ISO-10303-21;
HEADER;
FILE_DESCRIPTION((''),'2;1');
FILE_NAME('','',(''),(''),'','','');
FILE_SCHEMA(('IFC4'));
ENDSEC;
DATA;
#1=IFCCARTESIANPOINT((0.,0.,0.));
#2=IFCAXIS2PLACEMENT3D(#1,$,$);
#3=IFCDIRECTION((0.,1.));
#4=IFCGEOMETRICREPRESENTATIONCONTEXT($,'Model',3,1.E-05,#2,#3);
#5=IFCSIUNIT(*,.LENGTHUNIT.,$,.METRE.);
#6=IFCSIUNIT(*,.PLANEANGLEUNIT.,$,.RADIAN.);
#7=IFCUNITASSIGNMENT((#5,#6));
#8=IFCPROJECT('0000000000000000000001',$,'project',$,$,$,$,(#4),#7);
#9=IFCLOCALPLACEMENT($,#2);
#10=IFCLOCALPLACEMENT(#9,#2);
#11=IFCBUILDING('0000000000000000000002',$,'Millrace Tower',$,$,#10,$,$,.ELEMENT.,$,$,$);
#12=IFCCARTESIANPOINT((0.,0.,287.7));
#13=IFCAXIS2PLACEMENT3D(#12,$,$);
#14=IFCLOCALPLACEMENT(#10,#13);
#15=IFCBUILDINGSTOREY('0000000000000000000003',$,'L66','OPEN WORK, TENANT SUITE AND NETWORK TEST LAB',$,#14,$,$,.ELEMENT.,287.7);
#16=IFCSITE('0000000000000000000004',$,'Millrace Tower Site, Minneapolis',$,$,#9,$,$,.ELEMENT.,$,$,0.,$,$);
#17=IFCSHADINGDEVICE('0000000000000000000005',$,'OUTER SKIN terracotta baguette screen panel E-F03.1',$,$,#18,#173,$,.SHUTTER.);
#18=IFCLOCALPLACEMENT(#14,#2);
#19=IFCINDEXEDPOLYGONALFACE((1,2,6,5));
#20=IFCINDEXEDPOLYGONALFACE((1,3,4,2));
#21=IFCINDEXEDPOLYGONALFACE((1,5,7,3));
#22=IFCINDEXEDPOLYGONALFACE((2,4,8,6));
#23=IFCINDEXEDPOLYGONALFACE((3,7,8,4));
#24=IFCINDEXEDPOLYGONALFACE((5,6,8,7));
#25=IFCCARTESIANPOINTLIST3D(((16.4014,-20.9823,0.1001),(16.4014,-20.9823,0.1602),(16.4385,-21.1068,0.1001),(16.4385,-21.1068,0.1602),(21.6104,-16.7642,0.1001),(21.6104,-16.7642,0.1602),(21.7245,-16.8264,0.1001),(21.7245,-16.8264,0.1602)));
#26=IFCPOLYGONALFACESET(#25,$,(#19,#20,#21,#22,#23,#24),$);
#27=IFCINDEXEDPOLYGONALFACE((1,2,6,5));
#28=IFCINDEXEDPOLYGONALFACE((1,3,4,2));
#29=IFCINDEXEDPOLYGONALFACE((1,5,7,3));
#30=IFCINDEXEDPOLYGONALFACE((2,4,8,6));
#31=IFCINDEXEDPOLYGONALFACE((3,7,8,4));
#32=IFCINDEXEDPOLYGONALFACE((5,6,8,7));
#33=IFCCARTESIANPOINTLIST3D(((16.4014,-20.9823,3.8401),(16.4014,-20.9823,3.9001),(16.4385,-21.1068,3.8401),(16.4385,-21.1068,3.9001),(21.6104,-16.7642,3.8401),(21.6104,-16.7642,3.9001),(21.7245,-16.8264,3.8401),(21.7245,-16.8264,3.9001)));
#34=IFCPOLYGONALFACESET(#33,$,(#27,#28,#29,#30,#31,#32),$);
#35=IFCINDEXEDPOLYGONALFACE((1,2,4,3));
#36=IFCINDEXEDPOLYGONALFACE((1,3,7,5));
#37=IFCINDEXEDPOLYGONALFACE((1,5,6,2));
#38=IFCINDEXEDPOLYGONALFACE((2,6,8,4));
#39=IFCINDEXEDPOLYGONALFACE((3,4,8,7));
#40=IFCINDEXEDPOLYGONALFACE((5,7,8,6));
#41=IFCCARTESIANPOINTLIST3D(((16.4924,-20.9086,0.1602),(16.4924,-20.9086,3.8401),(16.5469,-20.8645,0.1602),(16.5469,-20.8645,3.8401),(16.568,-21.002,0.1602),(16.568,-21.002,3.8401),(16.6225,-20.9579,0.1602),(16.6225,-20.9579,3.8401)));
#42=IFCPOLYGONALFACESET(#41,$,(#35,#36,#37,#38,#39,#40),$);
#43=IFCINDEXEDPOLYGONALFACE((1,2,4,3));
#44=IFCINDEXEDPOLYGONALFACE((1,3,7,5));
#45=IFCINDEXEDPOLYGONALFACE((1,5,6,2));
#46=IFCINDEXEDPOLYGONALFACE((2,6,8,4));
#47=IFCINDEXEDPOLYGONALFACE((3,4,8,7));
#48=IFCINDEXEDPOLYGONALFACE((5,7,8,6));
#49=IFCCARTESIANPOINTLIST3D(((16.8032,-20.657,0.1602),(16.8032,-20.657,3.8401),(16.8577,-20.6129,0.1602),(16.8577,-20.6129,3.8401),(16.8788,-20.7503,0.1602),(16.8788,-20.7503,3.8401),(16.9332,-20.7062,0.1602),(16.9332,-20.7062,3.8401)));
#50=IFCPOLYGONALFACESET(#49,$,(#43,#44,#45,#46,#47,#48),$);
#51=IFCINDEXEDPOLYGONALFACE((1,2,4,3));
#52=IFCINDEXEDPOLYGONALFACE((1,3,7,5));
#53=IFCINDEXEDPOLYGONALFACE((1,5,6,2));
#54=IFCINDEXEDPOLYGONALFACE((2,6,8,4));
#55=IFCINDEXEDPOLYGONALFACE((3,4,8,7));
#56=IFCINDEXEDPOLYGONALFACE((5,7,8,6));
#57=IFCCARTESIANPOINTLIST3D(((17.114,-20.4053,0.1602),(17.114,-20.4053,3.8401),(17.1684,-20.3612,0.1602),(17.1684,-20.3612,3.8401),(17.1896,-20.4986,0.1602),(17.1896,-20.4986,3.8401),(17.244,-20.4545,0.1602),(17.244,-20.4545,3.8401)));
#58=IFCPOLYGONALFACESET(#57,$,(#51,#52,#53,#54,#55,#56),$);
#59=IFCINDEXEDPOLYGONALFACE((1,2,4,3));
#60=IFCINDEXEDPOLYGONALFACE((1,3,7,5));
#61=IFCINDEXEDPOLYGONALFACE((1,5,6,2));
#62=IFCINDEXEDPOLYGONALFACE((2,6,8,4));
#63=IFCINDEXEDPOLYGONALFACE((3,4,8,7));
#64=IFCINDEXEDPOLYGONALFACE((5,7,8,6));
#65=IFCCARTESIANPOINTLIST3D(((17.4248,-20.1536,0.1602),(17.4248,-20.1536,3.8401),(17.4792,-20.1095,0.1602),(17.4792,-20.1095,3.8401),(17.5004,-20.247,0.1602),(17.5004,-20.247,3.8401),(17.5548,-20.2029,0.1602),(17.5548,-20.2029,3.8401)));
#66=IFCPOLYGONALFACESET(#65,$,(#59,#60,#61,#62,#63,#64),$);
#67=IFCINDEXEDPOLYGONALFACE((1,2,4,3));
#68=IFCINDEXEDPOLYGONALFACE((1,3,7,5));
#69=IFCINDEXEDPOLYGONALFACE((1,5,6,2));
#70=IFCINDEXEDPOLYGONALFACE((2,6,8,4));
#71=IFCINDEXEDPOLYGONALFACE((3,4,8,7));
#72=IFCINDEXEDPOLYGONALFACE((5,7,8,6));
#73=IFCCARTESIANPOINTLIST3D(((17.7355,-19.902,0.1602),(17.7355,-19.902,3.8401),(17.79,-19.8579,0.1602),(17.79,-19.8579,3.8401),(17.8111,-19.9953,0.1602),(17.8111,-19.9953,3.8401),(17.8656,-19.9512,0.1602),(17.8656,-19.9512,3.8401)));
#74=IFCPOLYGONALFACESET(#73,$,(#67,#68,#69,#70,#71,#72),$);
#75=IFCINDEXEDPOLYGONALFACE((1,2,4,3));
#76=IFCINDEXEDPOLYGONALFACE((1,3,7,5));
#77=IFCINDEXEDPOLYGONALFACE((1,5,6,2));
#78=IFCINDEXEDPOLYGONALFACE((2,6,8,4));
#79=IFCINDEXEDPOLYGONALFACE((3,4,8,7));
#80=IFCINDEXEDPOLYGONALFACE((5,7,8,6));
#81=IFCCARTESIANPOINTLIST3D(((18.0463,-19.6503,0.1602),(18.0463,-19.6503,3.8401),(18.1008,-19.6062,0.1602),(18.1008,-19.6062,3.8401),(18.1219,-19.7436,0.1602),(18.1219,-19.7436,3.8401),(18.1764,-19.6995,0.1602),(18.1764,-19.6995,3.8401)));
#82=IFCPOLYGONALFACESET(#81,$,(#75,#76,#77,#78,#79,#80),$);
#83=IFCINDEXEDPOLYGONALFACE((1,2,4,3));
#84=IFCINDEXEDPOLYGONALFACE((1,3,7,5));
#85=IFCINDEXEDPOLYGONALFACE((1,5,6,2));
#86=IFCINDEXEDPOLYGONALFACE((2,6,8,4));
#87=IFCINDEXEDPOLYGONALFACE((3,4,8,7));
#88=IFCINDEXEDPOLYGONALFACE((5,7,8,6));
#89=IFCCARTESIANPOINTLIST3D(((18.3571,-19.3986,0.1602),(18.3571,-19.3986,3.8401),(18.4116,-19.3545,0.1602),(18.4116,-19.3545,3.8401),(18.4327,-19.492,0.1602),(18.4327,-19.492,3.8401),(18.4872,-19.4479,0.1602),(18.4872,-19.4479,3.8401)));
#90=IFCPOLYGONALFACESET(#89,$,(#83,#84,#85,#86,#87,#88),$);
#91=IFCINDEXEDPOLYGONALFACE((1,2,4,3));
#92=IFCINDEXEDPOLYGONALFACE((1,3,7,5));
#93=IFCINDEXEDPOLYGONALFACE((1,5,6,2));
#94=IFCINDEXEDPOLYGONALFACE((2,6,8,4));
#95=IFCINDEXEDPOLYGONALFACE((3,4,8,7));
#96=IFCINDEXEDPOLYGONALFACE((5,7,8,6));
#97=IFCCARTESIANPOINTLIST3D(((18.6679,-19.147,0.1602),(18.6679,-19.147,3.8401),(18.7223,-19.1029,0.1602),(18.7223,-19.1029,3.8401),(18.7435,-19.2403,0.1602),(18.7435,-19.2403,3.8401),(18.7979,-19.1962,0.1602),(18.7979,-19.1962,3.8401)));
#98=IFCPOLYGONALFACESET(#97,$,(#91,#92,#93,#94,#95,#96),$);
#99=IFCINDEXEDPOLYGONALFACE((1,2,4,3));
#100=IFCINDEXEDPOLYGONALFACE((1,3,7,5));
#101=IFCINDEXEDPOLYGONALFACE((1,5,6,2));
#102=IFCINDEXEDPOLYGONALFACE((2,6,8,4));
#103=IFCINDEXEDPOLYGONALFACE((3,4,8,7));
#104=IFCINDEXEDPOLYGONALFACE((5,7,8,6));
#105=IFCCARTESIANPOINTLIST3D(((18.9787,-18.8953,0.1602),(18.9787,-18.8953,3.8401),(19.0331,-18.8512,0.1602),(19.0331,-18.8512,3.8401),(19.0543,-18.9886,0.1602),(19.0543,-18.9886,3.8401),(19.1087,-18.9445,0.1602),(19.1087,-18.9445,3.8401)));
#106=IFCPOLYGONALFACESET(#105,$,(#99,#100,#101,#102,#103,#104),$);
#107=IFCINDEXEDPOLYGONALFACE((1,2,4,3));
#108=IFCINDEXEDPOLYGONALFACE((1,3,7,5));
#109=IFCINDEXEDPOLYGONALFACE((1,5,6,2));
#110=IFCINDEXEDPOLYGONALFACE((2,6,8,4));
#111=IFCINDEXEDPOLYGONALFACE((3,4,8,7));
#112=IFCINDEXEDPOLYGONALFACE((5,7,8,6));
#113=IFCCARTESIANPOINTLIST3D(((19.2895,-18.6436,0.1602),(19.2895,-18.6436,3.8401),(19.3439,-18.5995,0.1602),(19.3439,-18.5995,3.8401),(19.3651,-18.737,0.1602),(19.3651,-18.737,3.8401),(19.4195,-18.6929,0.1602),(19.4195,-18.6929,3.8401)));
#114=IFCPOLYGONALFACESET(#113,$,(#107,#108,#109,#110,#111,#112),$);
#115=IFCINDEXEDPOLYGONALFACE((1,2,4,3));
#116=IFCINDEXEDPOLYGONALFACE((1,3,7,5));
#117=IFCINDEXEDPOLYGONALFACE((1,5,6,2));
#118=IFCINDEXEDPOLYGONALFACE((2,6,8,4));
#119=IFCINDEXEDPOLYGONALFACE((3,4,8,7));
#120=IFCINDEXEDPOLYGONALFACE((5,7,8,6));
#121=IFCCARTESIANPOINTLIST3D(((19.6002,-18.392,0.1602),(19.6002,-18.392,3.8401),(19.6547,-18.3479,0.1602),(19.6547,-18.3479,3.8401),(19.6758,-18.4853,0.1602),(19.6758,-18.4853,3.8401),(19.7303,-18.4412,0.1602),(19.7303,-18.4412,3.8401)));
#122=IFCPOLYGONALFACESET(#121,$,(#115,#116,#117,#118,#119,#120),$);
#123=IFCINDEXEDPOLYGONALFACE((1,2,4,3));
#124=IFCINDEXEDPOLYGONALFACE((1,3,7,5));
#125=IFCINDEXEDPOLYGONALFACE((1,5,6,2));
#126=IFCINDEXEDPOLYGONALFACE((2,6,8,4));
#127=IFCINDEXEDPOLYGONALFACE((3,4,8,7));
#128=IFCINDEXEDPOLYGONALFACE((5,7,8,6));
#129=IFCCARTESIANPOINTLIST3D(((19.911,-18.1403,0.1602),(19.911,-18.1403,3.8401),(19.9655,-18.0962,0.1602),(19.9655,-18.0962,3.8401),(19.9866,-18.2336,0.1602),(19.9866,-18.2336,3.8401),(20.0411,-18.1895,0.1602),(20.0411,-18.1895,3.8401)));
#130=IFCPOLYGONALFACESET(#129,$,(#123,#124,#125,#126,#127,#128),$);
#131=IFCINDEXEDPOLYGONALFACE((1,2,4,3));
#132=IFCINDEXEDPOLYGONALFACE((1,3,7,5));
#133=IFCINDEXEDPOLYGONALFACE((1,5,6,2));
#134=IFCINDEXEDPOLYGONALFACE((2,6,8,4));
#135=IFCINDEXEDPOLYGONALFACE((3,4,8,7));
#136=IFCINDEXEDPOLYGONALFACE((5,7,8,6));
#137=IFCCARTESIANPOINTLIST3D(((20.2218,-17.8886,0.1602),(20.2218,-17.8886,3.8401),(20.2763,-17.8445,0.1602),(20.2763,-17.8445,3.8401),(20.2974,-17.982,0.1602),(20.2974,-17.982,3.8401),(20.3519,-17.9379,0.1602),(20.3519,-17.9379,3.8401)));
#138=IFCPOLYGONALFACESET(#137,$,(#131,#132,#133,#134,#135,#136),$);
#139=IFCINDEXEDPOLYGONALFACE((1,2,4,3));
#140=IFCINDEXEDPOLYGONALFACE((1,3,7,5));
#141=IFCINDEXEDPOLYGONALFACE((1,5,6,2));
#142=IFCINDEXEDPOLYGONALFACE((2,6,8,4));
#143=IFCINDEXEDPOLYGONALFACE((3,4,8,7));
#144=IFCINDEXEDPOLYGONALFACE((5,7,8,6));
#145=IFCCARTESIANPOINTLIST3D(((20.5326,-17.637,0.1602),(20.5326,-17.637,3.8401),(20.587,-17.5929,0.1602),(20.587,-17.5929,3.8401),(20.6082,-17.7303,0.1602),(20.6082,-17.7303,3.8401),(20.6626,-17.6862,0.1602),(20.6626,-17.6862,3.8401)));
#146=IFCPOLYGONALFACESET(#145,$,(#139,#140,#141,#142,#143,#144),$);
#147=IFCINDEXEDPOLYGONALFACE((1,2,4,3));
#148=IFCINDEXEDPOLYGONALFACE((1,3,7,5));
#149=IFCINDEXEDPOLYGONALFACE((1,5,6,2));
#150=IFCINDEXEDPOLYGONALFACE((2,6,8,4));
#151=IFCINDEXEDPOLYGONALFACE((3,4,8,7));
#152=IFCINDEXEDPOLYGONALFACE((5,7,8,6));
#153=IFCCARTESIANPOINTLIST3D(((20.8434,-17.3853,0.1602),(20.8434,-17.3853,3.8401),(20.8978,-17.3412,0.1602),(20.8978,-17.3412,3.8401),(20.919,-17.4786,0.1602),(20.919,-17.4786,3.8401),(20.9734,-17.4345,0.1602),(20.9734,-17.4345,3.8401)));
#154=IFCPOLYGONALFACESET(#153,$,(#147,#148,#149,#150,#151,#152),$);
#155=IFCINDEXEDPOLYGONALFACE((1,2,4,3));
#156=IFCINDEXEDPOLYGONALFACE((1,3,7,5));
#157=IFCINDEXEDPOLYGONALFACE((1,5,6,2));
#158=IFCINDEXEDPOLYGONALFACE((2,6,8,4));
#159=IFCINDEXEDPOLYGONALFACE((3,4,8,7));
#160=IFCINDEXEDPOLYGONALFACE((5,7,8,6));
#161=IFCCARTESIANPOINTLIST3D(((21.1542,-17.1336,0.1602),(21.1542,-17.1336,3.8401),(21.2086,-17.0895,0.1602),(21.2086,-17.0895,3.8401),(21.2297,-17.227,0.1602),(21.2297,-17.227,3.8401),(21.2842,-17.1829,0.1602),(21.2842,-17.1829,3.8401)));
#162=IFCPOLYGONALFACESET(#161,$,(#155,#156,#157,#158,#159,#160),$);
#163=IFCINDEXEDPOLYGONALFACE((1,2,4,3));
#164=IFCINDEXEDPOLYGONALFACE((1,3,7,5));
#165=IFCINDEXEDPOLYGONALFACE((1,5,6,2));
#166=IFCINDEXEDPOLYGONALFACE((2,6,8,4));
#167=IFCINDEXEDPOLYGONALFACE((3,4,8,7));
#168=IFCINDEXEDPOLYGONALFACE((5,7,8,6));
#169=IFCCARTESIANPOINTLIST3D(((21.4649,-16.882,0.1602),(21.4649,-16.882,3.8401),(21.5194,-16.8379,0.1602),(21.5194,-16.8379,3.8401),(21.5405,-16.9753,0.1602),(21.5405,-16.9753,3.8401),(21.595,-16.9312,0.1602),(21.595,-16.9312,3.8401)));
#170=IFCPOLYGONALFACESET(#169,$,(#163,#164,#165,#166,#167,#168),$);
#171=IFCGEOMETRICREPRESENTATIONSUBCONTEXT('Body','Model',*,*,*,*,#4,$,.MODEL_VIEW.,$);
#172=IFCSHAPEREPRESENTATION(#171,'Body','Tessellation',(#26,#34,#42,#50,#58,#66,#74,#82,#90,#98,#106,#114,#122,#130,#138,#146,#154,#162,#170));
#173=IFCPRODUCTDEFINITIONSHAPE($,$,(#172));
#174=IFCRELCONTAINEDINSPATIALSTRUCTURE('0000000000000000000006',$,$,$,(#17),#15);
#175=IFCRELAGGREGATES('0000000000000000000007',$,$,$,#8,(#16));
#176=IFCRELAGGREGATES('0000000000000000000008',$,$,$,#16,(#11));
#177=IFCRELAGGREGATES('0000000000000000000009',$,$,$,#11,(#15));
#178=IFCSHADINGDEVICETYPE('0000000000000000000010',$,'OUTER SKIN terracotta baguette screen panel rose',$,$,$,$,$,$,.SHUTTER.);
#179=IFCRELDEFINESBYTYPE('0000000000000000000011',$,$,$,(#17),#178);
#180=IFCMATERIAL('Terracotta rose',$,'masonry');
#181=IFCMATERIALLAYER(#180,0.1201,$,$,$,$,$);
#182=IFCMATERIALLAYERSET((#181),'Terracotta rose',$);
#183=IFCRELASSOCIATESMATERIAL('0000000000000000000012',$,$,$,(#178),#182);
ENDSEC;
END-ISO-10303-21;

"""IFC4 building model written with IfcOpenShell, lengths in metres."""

from ifc_helpers import new_model, entity, si_unit, direction, frame, frame_2d, origin, origin_2d, place, context, subcontext, project, spatial, rectangle, extrude, source, transform, mapped, material, layer, layer_set, type_object, element, save


model = new_model("IFC4")

# Units and contexts
model_context = context("Model", 3, precision=1e-05, world=origin(), true_north=direction((0.0, 1.0)))
body_context = subcontext(model_context, "Body", "Model", "MODEL_VIEW")
ifc_project = project(units=[si_unit("LENGTHUNIT", "METRE"), si_unit("PLANEANGLEUNIT", "RADIAN")], contexts=[model_context])

# Site, building, storey
site_placement = place(None, origin())
site = spatial("IfcSite", under=ifc_project, at=site_placement, Name="Millrace Tower Site, Minneapolis", CompositionType="ELEMENT", RefElevation=0.0)
building_placement = place(site_placement, origin())
building = spatial("IfcBuilding", under=site, at=building_placement, Name="Millrace Tower", CompositionType="ELEMENT")
storey_placement = place(building_placement, frame((0.0, 0.0, 287.7)))
storey = spatial("IfcBuildingStorey", under=building, at=storey_placement, Name="L66", Description="OPEN WORK, TENANT SUITE AND NETWORK TEST LAB", CompositionType="ELEMENT", Elevation=287.7)

# Shading device
ifc_material_1 = material(Name="Terracotta rose", Category="masonry")
ifc_layer_1 = layer(ifc_material_1, 0.1201)
ifc_layer_set_1 = layer_set([ifc_layer_1], Name="Terracotta rose")
shading_device_type = type_object("IfcShadingDeviceType", Name="OUTER SKIN terracotta baguette screen panel rose", PredefinedType="SHUTTER", material=ifc_layer_set_1)
cartesian_point_1 = entity("IfcCartesianPoint", [-3.3513, 0.0601])
shared_polyline_1 = entity("IfcPolyline", [cartesian_point_1, entity("IfcCartesianPoint", [3.3513, 0.0601]), entity("IfcCartesianPoint", [3.4009, -0.0601]), entity("IfcCartesianPoint", [-3.4009, -0.0601]), cartesian_point_1])
shared_shape_1 = source(origin(), body_context, "Body", "SweptSolid", [
    entity("IfcExtrudedAreaSolid", entity("IfcArbitraryClosedProfileDef", "AREA", None, shared_polyline_1), entity("IfcAxis2Placement3D", entity("IfcCartesianPoint", [0.0, 0.0, 0.0])), entity("IfcDirection", [0.0, 0.0, 1.0]), 0.0601),
    entity("IfcExtrudedAreaSolid", entity("IfcArbitraryClosedProfileDef", "AREA", None, shared_polyline_1), entity("IfcAxis2Placement3D", entity("IfcCartesianPoint", [0.0, 0.0, 3.74])), entity("IfcDirection", [0.0, 0.0, 1.0]), 0.0601),
    extrude(rectangle(XDim=0.0701, YDim=0.1201, at=frame_2d((-3.1992, 0.0))), frame((0.0, 0.0, 0.0601)), (0.0, 0.0, 1.0), 3.6799),
    extrude(rectangle(XDim=0.0701, YDim=0.1201, at=frame_2d((-2.7993, 0.0))), frame((0.0, 0.0, 0.0601)), (0.0, 0.0, 1.0), 3.6799),
    extrude(rectangle(XDim=0.0701, YDim=0.1201, at=frame_2d((-2.3994, 0.0))), frame((0.0, 0.0, 0.0601)), (0.0, 0.0, 1.0), 3.6799),
    extrude(rectangle(XDim=0.0701, YDim=0.1201, at=frame_2d((-1.9995, 0.0))), frame((0.0, 0.0, 0.0601)), (0.0, 0.0, 1.0), 3.6799),
    extrude(rectangle(XDim=0.0701, YDim=0.1201, at=frame_2d((-1.5996, 0.0))), frame((0.0, 0.0, 0.0601)), (0.0, 0.0, 1.0), 3.6799),
    extrude(rectangle(XDim=0.0701, YDim=0.1201, at=frame_2d((-1.1997, 0.0))), frame((0.0, 0.0, 0.0601)), (0.0, 0.0, 1.0), 3.6799),
    extrude(rectangle(XDim=0.0701, YDim=0.1201, at=frame_2d((-0.7998, 0.0))), frame((0.0, 0.0, 0.0601)), (0.0, 0.0, 1.0), 3.6799),
    extrude(rectangle(XDim=0.0701, YDim=0.1201, at=frame_2d((-0.3999, 0.0))), frame((0.0, 0.0, 0.0601)), (0.0, 0.0, 1.0), 3.6799),
    extrude(rectangle(XDim=0.0701, YDim=0.1201, at=origin_2d()), frame((0.0, 0.0, 0.0601)), (0.0, 0.0, 1.0), 3.6799),
    extrude(rectangle(XDim=0.0701, YDim=0.1201, at=frame_2d((0.3999, 0.0))), frame((0.0, 0.0, 0.0601)), (0.0, 0.0, 1.0), 3.6799),
    extrude(rectangle(XDim=0.0701, YDim=0.1201, at=frame_2d((0.7998, 0.0))), frame((0.0, 0.0, 0.0601)), (0.0, 0.0, 1.0), 3.6799),
    extrude(rectangle(XDim=0.0701, YDim=0.1201, at=frame_2d((1.1997, 0.0))), frame((0.0, 0.0, 0.0601)), (0.0, 0.0, 1.0), 3.6799),
    extrude(rectangle(XDim=0.0701, YDim=0.1201, at=frame_2d((1.5996, 0.0))), frame((0.0, 0.0, 0.0601)), (0.0, 0.0, 1.0), 3.6799),
    extrude(rectangle(XDim=0.0701, YDim=0.1201, at=frame_2d((1.9995, 0.0))), frame((0.0, 0.0, 0.0601)), (0.0, 0.0, 1.0), 3.6799),
    extrude(rectangle(XDim=0.0701, YDim=0.1201, at=frame_2d((2.3994, 0.0))), frame((0.0, 0.0, 0.0601)), (0.0, 0.0, 1.0), 3.6799),
    extrude(rectangle(XDim=0.0701, YDim=0.1201, at=frame_2d((2.7993, 0.0))), frame((0.0, 0.0, 0.0601)), (0.0, 0.0, 1.0), 3.6799),
    extrude(rectangle(XDim=0.0701, YDim=0.1201, at=frame_2d((3.1992, 0.0))), frame((0.0, 0.0, 0.0601)), (0.0, 0.0, 1.0), 3.6799),
])
shading_device_1_placement = place(storey_placement, frame((19.0437, -18.9199, 0.1001), z_axis=(0.0, 0.0, 1.0), x_axis=(0.777146, 0.62932, 0.0)))
element("IfcShadingDevice", 1, at=shading_device_1_placement, inside=storey, type_object=shading_device_type, Name="OUTER SKIN terracotta baguette screen panel E-F03.1", PredefinedType="SHUTTER", context=body_context, shape_type="MappedRepresentation", body=[
    mapped(shared_shape_1, transform((0.0, 0.0, 0.0), scale=1.0)),
])

save(model, "model.ifc")
